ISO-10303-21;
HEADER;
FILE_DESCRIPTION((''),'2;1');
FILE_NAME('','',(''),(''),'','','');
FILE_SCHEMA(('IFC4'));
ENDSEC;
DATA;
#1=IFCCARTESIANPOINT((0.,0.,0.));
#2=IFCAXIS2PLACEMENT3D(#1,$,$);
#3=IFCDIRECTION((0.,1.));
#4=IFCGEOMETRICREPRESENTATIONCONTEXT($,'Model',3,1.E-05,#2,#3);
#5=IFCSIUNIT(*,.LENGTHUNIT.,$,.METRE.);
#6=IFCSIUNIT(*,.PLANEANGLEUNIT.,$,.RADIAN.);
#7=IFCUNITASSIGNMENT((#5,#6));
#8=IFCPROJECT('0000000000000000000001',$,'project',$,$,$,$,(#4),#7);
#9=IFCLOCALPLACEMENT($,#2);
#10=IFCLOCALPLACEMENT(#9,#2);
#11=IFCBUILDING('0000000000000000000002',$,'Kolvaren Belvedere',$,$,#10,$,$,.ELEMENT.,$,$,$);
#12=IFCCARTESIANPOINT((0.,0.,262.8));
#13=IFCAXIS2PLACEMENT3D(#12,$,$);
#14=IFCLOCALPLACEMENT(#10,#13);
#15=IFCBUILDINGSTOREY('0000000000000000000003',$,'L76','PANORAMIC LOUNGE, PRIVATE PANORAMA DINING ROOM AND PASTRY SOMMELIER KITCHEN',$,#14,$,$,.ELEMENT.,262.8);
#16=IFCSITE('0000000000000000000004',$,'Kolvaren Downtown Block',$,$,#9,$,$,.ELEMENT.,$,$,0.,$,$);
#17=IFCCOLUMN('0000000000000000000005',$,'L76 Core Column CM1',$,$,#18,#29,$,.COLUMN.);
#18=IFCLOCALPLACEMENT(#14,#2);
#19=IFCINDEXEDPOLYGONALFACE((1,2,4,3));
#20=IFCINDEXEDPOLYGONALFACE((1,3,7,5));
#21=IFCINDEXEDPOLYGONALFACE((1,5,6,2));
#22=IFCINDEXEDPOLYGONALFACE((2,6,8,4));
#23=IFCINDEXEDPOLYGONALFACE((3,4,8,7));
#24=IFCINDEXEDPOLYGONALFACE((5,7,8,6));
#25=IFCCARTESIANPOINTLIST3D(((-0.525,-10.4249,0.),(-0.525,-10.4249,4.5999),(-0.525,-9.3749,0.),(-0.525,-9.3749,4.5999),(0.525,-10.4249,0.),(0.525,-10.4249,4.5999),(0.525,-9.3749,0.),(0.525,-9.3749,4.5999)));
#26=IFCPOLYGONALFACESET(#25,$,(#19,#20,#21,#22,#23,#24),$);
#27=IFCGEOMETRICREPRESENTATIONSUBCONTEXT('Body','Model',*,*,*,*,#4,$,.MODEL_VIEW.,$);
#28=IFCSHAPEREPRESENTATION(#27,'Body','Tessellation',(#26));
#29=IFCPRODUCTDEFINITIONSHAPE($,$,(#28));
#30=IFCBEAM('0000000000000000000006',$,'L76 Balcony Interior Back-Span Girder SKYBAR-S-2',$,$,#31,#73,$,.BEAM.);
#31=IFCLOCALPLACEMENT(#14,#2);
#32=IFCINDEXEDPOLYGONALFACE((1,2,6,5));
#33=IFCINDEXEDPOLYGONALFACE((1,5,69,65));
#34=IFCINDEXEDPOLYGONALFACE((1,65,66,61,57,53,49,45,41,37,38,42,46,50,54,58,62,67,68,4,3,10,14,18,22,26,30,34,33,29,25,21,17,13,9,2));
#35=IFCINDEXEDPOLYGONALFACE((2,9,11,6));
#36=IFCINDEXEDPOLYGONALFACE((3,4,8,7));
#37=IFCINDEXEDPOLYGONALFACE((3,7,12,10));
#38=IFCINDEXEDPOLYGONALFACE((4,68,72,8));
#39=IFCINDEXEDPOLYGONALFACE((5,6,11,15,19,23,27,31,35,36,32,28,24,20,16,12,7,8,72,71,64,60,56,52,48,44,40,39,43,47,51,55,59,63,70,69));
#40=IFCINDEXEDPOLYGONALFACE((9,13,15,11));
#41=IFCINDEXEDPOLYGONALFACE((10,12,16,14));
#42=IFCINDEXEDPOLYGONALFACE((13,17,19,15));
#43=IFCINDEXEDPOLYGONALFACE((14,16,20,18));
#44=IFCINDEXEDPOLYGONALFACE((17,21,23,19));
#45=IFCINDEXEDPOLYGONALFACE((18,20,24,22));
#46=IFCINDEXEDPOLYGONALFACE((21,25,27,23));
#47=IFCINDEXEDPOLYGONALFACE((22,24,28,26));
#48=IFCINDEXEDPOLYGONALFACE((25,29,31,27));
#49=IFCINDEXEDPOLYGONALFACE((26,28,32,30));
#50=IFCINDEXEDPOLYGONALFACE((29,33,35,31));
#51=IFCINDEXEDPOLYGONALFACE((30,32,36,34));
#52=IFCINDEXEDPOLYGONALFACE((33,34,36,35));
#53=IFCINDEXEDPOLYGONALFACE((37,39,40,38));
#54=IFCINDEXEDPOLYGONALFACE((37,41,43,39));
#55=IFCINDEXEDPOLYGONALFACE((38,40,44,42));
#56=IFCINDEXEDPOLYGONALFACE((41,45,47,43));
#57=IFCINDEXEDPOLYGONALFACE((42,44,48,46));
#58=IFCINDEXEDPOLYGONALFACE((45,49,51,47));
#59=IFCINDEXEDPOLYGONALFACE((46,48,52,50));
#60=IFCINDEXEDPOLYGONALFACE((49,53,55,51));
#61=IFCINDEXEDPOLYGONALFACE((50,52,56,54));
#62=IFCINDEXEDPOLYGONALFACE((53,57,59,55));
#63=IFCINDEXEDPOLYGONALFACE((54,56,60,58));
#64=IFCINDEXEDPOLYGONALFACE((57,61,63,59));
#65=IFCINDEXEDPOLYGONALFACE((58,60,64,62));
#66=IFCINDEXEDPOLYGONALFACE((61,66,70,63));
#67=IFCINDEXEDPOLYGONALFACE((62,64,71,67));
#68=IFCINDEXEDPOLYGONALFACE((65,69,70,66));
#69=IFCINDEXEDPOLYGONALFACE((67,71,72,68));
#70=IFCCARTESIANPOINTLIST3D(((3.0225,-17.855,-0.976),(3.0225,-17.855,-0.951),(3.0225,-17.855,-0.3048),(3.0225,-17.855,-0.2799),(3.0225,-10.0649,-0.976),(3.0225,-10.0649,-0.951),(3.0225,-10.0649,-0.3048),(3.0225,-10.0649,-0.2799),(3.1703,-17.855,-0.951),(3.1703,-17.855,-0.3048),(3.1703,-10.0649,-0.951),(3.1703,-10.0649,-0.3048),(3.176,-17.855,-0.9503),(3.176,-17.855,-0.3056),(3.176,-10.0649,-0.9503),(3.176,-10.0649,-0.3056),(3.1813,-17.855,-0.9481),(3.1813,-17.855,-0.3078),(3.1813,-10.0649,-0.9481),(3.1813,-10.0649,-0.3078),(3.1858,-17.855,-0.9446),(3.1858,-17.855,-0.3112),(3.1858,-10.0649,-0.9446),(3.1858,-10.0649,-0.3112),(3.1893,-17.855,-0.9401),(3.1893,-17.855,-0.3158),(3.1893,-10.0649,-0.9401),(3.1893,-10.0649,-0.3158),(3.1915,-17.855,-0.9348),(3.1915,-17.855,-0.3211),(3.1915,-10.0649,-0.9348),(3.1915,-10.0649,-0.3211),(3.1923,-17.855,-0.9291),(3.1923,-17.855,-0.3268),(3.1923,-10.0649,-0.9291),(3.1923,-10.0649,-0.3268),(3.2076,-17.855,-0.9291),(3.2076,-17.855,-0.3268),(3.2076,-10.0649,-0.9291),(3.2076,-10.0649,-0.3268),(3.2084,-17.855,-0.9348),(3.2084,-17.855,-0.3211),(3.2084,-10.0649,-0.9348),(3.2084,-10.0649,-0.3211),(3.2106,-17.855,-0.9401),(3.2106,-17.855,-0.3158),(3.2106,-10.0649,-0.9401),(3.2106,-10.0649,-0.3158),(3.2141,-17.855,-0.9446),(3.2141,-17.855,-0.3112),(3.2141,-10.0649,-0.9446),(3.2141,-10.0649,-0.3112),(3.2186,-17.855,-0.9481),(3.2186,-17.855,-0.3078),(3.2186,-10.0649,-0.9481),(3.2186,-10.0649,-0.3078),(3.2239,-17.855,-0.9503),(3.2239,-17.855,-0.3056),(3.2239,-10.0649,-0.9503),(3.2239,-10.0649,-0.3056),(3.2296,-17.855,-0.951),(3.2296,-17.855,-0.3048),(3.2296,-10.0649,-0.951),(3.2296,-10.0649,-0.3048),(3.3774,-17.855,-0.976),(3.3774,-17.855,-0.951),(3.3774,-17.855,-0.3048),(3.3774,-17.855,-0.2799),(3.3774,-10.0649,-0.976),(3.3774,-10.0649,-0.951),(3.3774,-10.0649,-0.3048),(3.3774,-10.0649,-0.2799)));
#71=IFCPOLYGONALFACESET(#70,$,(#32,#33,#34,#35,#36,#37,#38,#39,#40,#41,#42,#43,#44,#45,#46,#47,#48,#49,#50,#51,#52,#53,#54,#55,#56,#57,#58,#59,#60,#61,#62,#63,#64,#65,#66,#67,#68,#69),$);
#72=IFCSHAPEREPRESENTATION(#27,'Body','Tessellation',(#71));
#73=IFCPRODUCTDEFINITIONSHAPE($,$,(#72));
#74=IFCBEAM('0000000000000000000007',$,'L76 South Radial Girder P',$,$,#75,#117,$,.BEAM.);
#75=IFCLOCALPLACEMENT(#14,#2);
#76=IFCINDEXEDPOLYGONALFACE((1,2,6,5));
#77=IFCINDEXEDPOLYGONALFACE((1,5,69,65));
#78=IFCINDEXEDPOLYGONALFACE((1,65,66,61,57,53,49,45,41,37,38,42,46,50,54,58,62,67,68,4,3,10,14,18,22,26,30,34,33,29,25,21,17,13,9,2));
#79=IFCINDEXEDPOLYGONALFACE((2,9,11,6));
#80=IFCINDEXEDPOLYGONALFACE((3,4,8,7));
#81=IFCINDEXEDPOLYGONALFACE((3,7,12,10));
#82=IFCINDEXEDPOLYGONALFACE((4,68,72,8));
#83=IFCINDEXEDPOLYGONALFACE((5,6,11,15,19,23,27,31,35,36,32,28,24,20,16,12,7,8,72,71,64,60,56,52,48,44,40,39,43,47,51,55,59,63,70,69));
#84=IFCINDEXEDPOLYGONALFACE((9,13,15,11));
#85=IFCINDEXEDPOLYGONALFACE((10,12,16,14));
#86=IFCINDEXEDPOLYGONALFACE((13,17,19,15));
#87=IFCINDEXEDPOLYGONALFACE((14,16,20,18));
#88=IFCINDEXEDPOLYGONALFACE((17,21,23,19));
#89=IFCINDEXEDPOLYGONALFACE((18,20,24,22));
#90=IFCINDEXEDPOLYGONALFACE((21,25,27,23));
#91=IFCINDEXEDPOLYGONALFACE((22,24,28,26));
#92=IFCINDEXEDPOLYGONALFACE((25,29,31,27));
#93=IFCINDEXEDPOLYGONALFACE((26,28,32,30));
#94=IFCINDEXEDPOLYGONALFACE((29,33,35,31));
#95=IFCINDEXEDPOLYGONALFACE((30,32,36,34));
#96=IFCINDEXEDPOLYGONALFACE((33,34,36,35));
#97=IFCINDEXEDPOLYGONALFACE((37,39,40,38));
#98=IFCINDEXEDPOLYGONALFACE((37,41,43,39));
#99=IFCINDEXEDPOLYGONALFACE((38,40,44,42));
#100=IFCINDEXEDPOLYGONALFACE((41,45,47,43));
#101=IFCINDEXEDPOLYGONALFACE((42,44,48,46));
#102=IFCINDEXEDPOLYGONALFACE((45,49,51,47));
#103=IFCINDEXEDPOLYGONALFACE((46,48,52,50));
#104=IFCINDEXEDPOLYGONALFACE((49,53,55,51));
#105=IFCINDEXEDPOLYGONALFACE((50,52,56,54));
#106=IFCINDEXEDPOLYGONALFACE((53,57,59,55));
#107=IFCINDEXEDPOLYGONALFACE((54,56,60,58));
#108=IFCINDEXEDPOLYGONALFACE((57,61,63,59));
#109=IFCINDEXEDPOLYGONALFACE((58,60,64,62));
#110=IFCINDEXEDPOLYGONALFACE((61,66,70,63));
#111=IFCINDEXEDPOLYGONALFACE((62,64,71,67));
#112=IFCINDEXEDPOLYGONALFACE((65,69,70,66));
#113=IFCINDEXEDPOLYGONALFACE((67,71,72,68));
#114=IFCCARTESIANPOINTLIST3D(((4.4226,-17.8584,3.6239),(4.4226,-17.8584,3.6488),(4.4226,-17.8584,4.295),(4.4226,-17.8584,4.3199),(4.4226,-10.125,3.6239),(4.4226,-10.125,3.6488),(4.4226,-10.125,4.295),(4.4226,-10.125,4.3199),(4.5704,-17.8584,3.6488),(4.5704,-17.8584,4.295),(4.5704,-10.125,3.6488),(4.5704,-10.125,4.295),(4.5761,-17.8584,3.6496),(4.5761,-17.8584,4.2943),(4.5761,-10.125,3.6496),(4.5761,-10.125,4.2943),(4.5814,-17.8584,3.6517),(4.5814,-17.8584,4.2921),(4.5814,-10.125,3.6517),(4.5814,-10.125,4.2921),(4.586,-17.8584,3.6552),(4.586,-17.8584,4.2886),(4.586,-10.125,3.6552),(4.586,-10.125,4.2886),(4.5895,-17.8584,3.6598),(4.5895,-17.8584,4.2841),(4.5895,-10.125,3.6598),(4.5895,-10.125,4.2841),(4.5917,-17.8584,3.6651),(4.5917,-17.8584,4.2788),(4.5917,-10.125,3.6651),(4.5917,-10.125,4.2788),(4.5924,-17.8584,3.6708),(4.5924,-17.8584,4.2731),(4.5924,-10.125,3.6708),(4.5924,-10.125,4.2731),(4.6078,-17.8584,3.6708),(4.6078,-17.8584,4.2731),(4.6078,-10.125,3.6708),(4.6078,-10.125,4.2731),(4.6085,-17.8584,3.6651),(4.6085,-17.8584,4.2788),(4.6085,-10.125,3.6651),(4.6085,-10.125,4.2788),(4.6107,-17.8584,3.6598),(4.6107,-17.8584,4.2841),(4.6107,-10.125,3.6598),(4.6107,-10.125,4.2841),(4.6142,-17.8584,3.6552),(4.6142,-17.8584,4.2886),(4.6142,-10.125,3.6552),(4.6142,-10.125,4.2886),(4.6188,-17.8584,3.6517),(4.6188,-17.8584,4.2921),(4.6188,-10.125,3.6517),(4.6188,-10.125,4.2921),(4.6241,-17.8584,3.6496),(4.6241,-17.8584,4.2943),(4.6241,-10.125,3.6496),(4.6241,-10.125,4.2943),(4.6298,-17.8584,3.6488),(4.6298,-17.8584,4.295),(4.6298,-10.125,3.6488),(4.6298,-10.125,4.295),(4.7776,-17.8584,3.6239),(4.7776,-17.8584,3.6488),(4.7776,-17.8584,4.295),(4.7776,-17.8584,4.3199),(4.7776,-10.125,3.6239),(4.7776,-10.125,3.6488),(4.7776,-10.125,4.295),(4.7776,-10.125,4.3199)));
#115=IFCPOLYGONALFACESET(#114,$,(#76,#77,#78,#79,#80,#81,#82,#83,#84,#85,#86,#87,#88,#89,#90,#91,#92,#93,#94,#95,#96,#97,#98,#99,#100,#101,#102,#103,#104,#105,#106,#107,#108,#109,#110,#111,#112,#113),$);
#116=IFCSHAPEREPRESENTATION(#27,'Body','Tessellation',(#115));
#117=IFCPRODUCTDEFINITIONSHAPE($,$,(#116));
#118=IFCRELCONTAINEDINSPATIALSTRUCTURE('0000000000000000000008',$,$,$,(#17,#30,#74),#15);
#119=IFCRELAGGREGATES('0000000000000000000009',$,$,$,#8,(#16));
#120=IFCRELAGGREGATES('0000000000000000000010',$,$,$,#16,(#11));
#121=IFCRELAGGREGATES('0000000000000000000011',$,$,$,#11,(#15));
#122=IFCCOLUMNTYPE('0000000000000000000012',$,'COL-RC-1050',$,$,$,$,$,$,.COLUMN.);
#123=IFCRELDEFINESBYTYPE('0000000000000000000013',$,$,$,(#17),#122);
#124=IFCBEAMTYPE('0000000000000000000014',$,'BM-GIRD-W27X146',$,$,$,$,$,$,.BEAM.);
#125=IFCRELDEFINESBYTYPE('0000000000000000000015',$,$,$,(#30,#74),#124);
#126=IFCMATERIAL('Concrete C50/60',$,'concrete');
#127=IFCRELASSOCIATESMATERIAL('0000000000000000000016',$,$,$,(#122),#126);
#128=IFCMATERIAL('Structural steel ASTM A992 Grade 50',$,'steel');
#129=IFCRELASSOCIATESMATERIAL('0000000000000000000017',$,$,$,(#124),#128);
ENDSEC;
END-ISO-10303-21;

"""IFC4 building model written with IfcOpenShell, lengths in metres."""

from ifc_helpers import new_model, si_unit, direction, frame, origin, origin_2d, place, context, subcontext, project, spatial, rectangle, i_section, extrude, material, material_profile, profile_set, type_object, element, save


model = new_model("IFC4")

# Units and contexts
model_context = context("Model", 3, precision=1e-05, world=origin(), true_north=direction((0.0, 1.0)))
body_context = subcontext(model_context, "Body", "Model", "MODEL_VIEW")
ifc_project = project(units=[si_unit("LENGTHUNIT", "METRE"), si_unit("PLANEANGLEUNIT", "RADIAN")], contexts=[model_context])

# Site, building, storey
site_placement = place(None, origin())
site = spatial("IfcSite", under=ifc_project, at=site_placement, Name="Kolvaren Downtown Block", CompositionType="ELEMENT", RefElevation=0.0)
building_placement = place(site_placement, origin())
building = spatial("IfcBuilding", under=site, at=building_placement, Name="Kolvaren Belvedere", CompositionType="ELEMENT")
storey_placement = place(building_placement, frame((0.0, 0.0, 262.8)))
storey = spatial("IfcBuildingStorey", under=building, at=storey_placement, Name="L76", Description="PANORAMIC LOUNGE, PRIVATE PANORAMA DINING ROOM AND PASTRY SOMMELIER KITCHEN", CompositionType="ELEMENT", Elevation=262.8)

# Column
ifc_material_1 = material(Name="Concrete C50/60", Category="concrete")
ifc_material_profile_1 = material_profile(ifc_material_1, rectangle(XDim=1.05, YDim=1.05, at=origin_2d()), Name="RC 1050X1050")
ifc_profile_set_1 = profile_set([ifc_material_profile_1], Name="Concrete C50/60")
column_type = type_object("IfcColumnType", Name="COL-RC-1050", PredefinedType="COLUMN", material=ifc_profile_set_1)
column_placement = place(storey_placement, frame((0.0, -9.8999, 0.0), z_axis=(0.0, 0.0, 1.0), x_axis=(1.0, 0.0, 0.0)))
element("IfcColumn", 1, at=column_placement, inside=storey, type_object=column_type, Name="L76 Core Column CM1", PredefinedType="COLUMN", context=body_context, shape_type="SweptSolid", body=[
    extrude(rectangle(XDim=1.05, YDim=1.05, at=origin_2d()), origin(), (0.0, 0.0, 1.0), 4.5999),
])

# Beams
ifc_material_2 = material(Name="Structural steel ASTM A992 Grade 50", Category="steel")
ifc_material_profile_2 = material_profile(ifc_material_2, i_section(OverallWidth=0.355, OverallDepth=0.696, WebThickness=0.0154, FlangeThickness=0.0249, FilletRadius=0.022, at=origin_2d()), Name="W27X146")
ifc_profile_set_2 = profile_set([ifc_material_profile_2], Name="Structural steel ASTM A992 Grade 50")
beam_type = type_object("IfcBeamType", Name="BM-GIRD-W27X146", PredefinedType="BEAM", material=ifc_profile_set_2)
beam_1_placement = place(storey_placement, frame((3.2, -10.0649, -0.6279), z_axis=(0.0, -1.0, 0.0), x_axis=(1.0, 0.0, 0.0)))
element("IfcBeam", 2, at=beam_1_placement, inside=storey, type_object=beam_type, Name="L76 Balcony Interior Back-Span Girder SKYBAR-S-2", PredefinedType="BEAM", context=body_context, shape_type="SweptSolid", body=[
    extrude(i_section(OverallWidth=0.355, OverallDepth=0.696, WebThickness=0.0154, FlangeThickness=0.0249, FilletRadius=0.022, at=origin_2d()), origin(), (0.0, 0.0, 1.0), 7.79),
])
beam_2_placement = place(storey_placement, frame((4.6001, -10.125, 3.9719), z_axis=(0.0, -1.0, 0.0), x_axis=(1.0, 0.0, 0.0)))
element("IfcBeam", 3, at=beam_2_placement, inside=storey, type_object=beam_type, Name="L76 South Radial Girder P", PredefinedType="BEAM", context=body_context, shape_type="SweptSolid", body=[
    extrude(i_section(OverallWidth=0.355, OverallDepth=0.696, WebThickness=0.0154, FlangeThickness=0.0249, FilletRadius=0.022, at=origin_2d()), origin(), (0.0, 0.0, 1.0), 7.7334),
])

save(model, "model.ifc")
